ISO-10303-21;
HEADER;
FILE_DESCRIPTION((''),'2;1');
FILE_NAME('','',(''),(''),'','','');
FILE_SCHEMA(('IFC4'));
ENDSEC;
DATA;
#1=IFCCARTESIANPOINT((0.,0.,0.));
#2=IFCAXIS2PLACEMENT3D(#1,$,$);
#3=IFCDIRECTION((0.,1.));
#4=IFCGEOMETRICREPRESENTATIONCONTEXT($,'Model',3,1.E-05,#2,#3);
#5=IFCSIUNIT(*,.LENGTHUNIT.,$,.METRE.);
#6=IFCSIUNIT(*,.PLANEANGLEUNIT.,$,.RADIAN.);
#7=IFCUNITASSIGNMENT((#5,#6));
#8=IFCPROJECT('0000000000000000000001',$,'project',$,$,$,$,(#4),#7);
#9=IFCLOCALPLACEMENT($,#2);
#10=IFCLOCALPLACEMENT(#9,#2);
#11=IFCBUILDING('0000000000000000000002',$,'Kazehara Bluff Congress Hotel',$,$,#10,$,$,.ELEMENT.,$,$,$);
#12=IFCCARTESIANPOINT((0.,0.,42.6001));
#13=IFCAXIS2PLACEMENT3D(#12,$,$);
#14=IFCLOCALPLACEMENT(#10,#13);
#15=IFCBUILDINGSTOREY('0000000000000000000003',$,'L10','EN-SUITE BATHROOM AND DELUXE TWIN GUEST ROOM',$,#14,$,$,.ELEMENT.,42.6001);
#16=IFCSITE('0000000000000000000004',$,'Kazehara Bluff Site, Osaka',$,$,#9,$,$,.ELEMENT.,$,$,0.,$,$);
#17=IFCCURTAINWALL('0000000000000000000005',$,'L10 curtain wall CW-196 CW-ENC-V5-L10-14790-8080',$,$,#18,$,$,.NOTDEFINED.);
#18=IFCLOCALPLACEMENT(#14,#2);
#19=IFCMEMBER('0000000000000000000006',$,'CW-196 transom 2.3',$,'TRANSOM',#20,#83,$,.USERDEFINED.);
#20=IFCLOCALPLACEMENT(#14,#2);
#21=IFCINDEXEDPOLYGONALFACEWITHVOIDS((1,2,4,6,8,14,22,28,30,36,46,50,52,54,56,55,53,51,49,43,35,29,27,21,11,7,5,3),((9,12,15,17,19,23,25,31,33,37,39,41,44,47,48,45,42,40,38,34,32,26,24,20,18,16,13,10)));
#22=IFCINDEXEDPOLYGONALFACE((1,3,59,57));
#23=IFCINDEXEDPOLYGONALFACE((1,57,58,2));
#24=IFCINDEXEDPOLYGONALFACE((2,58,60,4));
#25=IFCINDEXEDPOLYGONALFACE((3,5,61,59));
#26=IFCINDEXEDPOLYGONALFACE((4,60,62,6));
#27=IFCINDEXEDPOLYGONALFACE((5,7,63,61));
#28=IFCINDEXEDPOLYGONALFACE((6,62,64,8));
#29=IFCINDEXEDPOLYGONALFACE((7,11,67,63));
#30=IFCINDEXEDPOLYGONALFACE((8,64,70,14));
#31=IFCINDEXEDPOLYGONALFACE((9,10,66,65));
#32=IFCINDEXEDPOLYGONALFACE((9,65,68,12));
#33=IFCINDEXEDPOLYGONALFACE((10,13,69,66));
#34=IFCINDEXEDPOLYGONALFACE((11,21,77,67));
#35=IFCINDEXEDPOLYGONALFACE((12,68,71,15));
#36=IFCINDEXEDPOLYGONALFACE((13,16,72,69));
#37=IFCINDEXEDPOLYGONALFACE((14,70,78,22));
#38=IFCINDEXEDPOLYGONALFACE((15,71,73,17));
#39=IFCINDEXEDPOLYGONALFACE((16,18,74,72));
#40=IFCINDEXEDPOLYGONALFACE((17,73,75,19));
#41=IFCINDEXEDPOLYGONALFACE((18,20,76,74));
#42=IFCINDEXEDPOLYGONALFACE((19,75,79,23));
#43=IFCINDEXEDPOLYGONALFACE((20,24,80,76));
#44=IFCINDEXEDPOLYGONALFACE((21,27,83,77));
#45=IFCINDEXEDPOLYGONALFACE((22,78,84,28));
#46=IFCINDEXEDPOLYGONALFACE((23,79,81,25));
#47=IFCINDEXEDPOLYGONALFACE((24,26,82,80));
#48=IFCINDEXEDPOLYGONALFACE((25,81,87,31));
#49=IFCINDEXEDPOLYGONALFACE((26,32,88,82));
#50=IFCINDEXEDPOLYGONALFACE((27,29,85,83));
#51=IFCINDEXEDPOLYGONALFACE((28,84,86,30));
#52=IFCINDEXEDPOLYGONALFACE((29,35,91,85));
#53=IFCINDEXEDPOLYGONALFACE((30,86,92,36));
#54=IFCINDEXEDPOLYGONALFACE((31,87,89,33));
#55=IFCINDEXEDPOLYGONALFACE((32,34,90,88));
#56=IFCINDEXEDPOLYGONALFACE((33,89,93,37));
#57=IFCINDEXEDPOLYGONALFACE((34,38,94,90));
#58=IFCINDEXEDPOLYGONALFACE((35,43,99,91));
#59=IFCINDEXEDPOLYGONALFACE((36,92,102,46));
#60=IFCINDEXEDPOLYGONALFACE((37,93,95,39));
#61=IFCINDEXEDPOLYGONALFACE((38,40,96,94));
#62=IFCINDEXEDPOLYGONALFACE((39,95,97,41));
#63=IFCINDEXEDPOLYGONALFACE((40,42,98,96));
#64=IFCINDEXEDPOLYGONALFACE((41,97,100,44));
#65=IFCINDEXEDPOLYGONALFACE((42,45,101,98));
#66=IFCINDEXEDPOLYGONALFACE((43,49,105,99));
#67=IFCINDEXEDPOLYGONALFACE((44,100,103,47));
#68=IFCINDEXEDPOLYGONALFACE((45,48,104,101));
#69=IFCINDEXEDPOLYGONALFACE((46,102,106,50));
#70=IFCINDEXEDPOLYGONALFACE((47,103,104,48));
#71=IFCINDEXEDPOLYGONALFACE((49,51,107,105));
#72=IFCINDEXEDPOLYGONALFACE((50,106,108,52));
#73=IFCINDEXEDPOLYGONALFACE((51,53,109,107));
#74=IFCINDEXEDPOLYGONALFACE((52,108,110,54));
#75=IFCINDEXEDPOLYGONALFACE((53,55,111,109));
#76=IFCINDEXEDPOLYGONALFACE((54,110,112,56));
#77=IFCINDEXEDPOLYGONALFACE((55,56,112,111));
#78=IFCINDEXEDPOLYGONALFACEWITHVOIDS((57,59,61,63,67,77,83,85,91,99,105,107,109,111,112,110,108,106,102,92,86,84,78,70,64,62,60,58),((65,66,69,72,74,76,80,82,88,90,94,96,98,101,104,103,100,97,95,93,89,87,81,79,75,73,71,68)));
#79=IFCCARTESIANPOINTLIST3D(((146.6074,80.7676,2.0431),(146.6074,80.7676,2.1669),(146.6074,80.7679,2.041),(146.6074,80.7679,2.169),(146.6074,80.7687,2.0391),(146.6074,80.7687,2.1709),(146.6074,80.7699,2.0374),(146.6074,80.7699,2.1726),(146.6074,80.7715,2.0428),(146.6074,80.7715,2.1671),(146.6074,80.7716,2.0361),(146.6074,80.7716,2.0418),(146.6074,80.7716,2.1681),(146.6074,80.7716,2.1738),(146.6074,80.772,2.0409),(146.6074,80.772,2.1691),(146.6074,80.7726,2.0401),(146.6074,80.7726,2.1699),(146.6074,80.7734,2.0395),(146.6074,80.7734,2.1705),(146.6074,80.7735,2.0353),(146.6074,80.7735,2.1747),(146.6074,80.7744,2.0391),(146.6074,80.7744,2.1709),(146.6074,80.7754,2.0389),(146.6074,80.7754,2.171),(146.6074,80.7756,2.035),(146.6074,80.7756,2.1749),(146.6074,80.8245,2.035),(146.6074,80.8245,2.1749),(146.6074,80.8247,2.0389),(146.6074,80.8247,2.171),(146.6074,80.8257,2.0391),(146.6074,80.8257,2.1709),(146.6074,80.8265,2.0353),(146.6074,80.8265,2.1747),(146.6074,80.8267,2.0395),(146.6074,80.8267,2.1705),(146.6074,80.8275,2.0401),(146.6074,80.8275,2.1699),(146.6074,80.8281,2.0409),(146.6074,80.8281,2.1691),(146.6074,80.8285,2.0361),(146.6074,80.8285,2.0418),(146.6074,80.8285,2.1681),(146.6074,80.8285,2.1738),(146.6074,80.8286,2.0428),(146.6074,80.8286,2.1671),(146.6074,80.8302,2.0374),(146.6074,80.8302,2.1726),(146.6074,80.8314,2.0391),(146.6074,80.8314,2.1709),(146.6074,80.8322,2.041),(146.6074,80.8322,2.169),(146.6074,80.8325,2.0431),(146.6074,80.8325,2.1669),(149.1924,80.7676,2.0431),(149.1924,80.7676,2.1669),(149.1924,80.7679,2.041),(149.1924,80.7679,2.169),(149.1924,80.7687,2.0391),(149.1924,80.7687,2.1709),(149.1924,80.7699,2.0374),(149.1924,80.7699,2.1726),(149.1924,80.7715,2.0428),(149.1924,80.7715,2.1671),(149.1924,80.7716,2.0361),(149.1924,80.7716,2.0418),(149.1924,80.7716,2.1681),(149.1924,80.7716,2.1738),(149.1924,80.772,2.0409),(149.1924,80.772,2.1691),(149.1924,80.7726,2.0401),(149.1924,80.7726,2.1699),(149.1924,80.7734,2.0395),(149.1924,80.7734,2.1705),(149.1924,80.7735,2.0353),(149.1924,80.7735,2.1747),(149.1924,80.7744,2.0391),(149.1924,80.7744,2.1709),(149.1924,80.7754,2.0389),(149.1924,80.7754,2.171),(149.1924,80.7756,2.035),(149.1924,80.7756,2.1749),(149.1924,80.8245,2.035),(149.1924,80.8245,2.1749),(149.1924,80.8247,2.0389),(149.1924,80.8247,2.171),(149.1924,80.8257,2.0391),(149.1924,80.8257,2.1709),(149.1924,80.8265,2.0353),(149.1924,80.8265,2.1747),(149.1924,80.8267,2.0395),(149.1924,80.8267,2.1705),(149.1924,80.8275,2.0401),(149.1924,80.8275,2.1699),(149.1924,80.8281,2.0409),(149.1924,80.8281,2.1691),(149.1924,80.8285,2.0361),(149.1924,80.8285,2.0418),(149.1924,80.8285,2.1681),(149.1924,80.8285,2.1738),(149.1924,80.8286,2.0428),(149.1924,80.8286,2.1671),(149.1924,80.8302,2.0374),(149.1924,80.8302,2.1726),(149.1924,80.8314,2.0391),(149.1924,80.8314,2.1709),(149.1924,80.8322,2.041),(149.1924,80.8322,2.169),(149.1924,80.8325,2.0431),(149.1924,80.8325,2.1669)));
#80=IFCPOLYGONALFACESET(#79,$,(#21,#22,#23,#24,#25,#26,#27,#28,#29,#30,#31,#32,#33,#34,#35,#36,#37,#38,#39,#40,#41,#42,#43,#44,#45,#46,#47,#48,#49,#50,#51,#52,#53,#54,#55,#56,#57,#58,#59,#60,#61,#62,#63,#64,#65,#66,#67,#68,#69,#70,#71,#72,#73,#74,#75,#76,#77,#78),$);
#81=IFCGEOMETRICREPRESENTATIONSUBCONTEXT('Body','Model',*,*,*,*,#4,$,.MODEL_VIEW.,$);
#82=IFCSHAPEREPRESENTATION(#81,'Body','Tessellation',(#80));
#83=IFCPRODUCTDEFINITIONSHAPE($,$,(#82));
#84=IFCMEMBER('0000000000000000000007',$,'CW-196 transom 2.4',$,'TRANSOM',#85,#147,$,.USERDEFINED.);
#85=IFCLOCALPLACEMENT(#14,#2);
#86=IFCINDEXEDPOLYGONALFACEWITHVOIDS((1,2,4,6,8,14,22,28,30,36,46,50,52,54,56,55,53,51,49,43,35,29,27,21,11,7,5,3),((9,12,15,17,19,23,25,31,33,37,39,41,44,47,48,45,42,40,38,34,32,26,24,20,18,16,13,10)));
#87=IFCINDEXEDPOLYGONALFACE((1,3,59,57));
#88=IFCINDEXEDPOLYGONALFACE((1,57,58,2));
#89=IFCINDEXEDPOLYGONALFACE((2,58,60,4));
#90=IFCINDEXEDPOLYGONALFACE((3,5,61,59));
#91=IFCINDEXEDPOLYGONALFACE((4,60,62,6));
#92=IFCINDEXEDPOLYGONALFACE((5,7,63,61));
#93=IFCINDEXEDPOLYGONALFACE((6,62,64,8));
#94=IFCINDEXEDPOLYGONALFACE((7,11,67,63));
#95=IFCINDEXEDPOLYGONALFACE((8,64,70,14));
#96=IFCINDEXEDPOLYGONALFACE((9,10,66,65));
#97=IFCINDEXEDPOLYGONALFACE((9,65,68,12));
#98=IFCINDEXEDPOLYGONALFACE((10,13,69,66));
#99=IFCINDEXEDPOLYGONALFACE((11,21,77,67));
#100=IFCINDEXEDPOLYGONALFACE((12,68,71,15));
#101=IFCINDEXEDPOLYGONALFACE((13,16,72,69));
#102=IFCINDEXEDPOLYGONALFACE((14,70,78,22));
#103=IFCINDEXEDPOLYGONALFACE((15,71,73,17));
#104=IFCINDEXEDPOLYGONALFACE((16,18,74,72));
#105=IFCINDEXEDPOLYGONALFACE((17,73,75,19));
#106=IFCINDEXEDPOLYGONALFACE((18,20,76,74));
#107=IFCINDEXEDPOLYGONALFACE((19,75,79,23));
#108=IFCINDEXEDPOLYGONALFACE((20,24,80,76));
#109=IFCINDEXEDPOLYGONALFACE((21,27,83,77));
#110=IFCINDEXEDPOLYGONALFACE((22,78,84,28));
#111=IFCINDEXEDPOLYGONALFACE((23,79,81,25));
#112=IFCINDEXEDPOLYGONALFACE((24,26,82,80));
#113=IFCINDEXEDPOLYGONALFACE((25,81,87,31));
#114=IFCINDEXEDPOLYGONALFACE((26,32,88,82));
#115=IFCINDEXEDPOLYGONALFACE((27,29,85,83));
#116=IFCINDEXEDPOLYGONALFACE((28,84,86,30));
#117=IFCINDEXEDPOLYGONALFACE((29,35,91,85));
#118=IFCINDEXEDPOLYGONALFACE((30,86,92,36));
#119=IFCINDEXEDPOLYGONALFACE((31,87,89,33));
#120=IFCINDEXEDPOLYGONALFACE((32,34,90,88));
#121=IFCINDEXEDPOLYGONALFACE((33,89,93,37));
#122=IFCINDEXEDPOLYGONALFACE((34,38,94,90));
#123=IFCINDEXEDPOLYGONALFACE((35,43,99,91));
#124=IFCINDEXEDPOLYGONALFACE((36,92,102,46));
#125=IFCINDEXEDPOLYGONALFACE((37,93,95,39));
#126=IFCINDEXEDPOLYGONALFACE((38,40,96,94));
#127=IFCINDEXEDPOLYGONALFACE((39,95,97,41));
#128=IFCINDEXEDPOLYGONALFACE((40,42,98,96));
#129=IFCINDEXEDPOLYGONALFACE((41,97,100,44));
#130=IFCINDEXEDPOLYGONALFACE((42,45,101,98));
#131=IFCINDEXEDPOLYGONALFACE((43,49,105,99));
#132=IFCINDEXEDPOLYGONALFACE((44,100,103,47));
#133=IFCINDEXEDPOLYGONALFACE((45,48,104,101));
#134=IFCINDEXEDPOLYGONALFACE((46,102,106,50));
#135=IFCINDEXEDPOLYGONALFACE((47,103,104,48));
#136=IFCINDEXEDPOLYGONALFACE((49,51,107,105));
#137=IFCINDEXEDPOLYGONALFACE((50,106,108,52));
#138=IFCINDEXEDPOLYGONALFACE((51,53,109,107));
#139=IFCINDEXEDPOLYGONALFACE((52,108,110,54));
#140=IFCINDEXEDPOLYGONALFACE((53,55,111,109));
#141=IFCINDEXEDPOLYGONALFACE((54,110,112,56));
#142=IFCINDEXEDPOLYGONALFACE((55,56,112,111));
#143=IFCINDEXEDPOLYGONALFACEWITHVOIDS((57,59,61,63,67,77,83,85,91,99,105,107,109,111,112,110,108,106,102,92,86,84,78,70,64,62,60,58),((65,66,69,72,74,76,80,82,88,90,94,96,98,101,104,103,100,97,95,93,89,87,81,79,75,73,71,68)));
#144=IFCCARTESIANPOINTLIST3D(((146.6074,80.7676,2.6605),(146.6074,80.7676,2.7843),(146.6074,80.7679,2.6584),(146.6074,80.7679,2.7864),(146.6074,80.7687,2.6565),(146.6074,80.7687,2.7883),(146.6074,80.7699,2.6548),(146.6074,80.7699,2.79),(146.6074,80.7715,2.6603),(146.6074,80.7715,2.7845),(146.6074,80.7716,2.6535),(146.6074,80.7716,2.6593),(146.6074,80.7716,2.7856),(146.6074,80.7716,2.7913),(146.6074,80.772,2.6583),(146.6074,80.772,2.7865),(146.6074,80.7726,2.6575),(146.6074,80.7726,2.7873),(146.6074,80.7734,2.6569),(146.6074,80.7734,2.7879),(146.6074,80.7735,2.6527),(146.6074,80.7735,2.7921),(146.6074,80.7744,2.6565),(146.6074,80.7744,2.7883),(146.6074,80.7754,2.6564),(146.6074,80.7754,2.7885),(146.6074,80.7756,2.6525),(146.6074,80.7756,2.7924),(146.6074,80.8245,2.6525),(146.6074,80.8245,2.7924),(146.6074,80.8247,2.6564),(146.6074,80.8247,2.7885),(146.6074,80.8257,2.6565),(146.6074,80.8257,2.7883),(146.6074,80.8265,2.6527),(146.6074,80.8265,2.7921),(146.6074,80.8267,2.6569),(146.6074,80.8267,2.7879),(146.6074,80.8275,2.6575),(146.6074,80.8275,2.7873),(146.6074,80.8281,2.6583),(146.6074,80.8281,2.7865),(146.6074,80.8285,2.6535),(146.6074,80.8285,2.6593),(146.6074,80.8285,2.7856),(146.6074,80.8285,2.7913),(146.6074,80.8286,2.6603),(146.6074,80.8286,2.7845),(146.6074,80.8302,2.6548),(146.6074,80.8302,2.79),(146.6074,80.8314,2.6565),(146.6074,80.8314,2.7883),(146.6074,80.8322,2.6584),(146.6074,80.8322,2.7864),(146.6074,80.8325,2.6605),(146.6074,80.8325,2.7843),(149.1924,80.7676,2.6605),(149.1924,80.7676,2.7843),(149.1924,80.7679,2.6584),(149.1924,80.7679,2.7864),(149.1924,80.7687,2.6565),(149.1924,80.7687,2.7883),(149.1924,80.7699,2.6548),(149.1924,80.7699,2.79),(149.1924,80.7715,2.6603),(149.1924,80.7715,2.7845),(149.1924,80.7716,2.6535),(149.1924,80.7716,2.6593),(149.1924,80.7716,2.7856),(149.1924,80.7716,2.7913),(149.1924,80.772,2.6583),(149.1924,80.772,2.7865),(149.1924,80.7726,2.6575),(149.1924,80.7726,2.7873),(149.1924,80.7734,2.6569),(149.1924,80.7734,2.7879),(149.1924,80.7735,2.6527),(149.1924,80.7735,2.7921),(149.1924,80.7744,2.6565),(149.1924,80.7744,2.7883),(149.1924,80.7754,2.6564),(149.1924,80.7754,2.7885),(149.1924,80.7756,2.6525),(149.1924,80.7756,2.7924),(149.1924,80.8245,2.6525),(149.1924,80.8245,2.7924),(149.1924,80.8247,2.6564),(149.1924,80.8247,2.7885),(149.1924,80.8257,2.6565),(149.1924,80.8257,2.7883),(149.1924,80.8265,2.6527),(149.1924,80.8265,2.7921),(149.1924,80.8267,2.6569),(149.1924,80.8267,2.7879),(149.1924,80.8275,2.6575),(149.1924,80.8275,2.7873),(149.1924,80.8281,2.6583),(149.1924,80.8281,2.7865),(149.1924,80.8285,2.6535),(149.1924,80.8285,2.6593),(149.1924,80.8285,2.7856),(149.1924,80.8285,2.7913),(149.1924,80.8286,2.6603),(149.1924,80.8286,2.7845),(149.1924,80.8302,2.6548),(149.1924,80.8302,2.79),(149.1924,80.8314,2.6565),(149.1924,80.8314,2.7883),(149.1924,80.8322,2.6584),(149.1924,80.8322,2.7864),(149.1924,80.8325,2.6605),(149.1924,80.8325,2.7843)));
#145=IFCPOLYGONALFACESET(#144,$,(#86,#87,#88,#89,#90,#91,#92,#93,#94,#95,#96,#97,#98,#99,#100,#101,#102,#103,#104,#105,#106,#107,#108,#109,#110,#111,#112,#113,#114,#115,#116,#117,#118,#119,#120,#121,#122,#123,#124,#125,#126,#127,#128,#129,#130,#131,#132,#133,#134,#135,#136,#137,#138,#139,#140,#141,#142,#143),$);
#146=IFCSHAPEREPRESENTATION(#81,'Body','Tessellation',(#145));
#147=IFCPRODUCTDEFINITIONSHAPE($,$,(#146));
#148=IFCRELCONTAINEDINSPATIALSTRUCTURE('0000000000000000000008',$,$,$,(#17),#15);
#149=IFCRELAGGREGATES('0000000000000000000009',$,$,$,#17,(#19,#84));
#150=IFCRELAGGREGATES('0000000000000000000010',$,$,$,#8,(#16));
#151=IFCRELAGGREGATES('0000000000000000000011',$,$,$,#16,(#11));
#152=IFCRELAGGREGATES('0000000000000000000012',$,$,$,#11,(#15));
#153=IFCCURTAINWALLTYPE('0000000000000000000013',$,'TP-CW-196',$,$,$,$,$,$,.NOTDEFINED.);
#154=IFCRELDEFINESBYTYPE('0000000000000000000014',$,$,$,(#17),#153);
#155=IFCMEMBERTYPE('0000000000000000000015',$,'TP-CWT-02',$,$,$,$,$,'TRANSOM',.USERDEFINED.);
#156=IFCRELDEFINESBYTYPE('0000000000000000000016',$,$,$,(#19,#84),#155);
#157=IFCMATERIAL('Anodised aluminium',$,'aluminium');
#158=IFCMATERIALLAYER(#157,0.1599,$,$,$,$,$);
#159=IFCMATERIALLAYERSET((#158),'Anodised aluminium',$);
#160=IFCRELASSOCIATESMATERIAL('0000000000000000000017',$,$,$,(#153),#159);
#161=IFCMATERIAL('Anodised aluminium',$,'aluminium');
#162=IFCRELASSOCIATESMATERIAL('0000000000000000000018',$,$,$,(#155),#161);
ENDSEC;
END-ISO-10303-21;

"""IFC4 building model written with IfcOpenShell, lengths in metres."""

from ifc_helpers import new_model, si_unit, direction, frame, origin, origin_2d, place, context, subcontext, project, spatial, hollow_rectangle, extrude, material, layer, layer_set, material_profile, profile_set, type_object, element, aggregate, save


model = new_model("IFC4")

# Units and contexts
model_context = context("Model", 3, precision=1e-05, world=origin(), true_north=direction((0.0, 1.0)))
body_context = subcontext(model_context, "Body", "Model", "MODEL_VIEW")
ifc_project = project(units=[si_unit("LENGTHUNIT", "METRE"), si_unit("PLANEANGLEUNIT", "RADIAN")], contexts=[model_context])

# Site, building, storey
site_placement = place(None, origin())
site = spatial("IfcSite", under=ifc_project, at=site_placement, Name="Kazehara Bluff Site, Osaka", CompositionType="ELEMENT", RefElevation=0.0)
building_placement = place(site_placement, origin())
building = spatial("IfcBuilding", under=site, at=building_placement, Name="Kazehara Bluff Congress Hotel", CompositionType="ELEMENT")
storey_placement = place(building_placement, frame((0.0, 0.0, 42.6001)))
storey = spatial("IfcBuildingStorey", under=building, at=storey_placement, Name="L10", Description="EN-SUITE BATHROOM AND DELUXE TWIN GUEST ROOM", CompositionType="ELEMENT", Elevation=42.6001)

# Curtain wall, members
ifc_material_1 = material(Name="Anodised aluminium", Category="aluminium")
ifc_layer_1 = layer(ifc_material_1, 0.1599)
ifc_layer_set_1 = layer_set([ifc_layer_1], Name="Anodised aluminium")
curtain_wall_type = type_object("IfcCurtainWallType", Name="TP-CW-196", PredefinedType="NOTDEFINED", material=ifc_layer_set_1)
curtain_wall_placement = place(storey_placement, origin())
curtain_wall = element("IfcCurtainWall", 1, at=curtain_wall_placement, inside=storey, type_object=curtain_wall_type, Name="L10 curtain wall CW-196 CW-ENC-V5-L10-14790-8080", PredefinedType="NOTDEFINED")
ifc_material_2 = material(Name="Anodised aluminium", Category="aluminium")
ifc_material_profile_1 = material_profile(ifc_material_2, hollow_rectangle(XDim=0.0649, YDim=0.1399, WallThickness=0.0039, InnerFilletRadius=0.0039, OuterFilletRadius=0.0081, at=origin_2d()))
ifc_profile_set_1 = profile_set([ifc_material_profile_1], Name="Anodised aluminium")
member_type_1 = type_object("IfcMemberType", Name="TP-CWT-02", ElementType="TRANSOM", PredefinedType="USERDEFINED", material=ifc_profile_set_1)
member_1_placement = place(storey_placement, frame((146.6074, 80.8, 2.105), z_axis=(1.0, 0.0, 0.0), x_axis=(0.0, 1.0, 0.0)))
member_1 = element("IfcMember", 2, at=member_1_placement, type_object=member_type_1, Name="CW-196 transom 2.3", ObjectType="TRANSOM", PredefinedType="USERDEFINED", context=body_context, shape_type="SweptSolid", body=[
    extrude(hollow_rectangle(XDim=0.0649, YDim=0.1399, WallThickness=0.0039, InnerFilletRadius=0.0039, OuterFilletRadius=0.0081, at=origin_2d()), origin(), (0.0, 0.0, 1.0), 2.585),
])
member_2_placement = place(storey_placement, frame((146.6074, 80.8, 2.7224), z_axis=(1.0, 0.0, 0.0), x_axis=(0.0, 1.0, 0.0)))
member_2 = element("IfcMember", 3, at=member_2_placement, type_object=member_type_1, Name="CW-196 transom 2.4", ObjectType="TRANSOM", PredefinedType="USERDEFINED", context=body_context, shape_type="SweptSolid", body=[
    extrude(hollow_rectangle(XDim=0.0649, YDim=0.1399, WallThickness=0.0039, InnerFilletRadius=0.0039, OuterFilletRadius=0.0081, at=origin_2d()), origin(), (0.0, 0.0, 1.0), 2.585),
])

aggregate(curtain_wall, [member_1, member_2])

save(model, "model.ifc")
